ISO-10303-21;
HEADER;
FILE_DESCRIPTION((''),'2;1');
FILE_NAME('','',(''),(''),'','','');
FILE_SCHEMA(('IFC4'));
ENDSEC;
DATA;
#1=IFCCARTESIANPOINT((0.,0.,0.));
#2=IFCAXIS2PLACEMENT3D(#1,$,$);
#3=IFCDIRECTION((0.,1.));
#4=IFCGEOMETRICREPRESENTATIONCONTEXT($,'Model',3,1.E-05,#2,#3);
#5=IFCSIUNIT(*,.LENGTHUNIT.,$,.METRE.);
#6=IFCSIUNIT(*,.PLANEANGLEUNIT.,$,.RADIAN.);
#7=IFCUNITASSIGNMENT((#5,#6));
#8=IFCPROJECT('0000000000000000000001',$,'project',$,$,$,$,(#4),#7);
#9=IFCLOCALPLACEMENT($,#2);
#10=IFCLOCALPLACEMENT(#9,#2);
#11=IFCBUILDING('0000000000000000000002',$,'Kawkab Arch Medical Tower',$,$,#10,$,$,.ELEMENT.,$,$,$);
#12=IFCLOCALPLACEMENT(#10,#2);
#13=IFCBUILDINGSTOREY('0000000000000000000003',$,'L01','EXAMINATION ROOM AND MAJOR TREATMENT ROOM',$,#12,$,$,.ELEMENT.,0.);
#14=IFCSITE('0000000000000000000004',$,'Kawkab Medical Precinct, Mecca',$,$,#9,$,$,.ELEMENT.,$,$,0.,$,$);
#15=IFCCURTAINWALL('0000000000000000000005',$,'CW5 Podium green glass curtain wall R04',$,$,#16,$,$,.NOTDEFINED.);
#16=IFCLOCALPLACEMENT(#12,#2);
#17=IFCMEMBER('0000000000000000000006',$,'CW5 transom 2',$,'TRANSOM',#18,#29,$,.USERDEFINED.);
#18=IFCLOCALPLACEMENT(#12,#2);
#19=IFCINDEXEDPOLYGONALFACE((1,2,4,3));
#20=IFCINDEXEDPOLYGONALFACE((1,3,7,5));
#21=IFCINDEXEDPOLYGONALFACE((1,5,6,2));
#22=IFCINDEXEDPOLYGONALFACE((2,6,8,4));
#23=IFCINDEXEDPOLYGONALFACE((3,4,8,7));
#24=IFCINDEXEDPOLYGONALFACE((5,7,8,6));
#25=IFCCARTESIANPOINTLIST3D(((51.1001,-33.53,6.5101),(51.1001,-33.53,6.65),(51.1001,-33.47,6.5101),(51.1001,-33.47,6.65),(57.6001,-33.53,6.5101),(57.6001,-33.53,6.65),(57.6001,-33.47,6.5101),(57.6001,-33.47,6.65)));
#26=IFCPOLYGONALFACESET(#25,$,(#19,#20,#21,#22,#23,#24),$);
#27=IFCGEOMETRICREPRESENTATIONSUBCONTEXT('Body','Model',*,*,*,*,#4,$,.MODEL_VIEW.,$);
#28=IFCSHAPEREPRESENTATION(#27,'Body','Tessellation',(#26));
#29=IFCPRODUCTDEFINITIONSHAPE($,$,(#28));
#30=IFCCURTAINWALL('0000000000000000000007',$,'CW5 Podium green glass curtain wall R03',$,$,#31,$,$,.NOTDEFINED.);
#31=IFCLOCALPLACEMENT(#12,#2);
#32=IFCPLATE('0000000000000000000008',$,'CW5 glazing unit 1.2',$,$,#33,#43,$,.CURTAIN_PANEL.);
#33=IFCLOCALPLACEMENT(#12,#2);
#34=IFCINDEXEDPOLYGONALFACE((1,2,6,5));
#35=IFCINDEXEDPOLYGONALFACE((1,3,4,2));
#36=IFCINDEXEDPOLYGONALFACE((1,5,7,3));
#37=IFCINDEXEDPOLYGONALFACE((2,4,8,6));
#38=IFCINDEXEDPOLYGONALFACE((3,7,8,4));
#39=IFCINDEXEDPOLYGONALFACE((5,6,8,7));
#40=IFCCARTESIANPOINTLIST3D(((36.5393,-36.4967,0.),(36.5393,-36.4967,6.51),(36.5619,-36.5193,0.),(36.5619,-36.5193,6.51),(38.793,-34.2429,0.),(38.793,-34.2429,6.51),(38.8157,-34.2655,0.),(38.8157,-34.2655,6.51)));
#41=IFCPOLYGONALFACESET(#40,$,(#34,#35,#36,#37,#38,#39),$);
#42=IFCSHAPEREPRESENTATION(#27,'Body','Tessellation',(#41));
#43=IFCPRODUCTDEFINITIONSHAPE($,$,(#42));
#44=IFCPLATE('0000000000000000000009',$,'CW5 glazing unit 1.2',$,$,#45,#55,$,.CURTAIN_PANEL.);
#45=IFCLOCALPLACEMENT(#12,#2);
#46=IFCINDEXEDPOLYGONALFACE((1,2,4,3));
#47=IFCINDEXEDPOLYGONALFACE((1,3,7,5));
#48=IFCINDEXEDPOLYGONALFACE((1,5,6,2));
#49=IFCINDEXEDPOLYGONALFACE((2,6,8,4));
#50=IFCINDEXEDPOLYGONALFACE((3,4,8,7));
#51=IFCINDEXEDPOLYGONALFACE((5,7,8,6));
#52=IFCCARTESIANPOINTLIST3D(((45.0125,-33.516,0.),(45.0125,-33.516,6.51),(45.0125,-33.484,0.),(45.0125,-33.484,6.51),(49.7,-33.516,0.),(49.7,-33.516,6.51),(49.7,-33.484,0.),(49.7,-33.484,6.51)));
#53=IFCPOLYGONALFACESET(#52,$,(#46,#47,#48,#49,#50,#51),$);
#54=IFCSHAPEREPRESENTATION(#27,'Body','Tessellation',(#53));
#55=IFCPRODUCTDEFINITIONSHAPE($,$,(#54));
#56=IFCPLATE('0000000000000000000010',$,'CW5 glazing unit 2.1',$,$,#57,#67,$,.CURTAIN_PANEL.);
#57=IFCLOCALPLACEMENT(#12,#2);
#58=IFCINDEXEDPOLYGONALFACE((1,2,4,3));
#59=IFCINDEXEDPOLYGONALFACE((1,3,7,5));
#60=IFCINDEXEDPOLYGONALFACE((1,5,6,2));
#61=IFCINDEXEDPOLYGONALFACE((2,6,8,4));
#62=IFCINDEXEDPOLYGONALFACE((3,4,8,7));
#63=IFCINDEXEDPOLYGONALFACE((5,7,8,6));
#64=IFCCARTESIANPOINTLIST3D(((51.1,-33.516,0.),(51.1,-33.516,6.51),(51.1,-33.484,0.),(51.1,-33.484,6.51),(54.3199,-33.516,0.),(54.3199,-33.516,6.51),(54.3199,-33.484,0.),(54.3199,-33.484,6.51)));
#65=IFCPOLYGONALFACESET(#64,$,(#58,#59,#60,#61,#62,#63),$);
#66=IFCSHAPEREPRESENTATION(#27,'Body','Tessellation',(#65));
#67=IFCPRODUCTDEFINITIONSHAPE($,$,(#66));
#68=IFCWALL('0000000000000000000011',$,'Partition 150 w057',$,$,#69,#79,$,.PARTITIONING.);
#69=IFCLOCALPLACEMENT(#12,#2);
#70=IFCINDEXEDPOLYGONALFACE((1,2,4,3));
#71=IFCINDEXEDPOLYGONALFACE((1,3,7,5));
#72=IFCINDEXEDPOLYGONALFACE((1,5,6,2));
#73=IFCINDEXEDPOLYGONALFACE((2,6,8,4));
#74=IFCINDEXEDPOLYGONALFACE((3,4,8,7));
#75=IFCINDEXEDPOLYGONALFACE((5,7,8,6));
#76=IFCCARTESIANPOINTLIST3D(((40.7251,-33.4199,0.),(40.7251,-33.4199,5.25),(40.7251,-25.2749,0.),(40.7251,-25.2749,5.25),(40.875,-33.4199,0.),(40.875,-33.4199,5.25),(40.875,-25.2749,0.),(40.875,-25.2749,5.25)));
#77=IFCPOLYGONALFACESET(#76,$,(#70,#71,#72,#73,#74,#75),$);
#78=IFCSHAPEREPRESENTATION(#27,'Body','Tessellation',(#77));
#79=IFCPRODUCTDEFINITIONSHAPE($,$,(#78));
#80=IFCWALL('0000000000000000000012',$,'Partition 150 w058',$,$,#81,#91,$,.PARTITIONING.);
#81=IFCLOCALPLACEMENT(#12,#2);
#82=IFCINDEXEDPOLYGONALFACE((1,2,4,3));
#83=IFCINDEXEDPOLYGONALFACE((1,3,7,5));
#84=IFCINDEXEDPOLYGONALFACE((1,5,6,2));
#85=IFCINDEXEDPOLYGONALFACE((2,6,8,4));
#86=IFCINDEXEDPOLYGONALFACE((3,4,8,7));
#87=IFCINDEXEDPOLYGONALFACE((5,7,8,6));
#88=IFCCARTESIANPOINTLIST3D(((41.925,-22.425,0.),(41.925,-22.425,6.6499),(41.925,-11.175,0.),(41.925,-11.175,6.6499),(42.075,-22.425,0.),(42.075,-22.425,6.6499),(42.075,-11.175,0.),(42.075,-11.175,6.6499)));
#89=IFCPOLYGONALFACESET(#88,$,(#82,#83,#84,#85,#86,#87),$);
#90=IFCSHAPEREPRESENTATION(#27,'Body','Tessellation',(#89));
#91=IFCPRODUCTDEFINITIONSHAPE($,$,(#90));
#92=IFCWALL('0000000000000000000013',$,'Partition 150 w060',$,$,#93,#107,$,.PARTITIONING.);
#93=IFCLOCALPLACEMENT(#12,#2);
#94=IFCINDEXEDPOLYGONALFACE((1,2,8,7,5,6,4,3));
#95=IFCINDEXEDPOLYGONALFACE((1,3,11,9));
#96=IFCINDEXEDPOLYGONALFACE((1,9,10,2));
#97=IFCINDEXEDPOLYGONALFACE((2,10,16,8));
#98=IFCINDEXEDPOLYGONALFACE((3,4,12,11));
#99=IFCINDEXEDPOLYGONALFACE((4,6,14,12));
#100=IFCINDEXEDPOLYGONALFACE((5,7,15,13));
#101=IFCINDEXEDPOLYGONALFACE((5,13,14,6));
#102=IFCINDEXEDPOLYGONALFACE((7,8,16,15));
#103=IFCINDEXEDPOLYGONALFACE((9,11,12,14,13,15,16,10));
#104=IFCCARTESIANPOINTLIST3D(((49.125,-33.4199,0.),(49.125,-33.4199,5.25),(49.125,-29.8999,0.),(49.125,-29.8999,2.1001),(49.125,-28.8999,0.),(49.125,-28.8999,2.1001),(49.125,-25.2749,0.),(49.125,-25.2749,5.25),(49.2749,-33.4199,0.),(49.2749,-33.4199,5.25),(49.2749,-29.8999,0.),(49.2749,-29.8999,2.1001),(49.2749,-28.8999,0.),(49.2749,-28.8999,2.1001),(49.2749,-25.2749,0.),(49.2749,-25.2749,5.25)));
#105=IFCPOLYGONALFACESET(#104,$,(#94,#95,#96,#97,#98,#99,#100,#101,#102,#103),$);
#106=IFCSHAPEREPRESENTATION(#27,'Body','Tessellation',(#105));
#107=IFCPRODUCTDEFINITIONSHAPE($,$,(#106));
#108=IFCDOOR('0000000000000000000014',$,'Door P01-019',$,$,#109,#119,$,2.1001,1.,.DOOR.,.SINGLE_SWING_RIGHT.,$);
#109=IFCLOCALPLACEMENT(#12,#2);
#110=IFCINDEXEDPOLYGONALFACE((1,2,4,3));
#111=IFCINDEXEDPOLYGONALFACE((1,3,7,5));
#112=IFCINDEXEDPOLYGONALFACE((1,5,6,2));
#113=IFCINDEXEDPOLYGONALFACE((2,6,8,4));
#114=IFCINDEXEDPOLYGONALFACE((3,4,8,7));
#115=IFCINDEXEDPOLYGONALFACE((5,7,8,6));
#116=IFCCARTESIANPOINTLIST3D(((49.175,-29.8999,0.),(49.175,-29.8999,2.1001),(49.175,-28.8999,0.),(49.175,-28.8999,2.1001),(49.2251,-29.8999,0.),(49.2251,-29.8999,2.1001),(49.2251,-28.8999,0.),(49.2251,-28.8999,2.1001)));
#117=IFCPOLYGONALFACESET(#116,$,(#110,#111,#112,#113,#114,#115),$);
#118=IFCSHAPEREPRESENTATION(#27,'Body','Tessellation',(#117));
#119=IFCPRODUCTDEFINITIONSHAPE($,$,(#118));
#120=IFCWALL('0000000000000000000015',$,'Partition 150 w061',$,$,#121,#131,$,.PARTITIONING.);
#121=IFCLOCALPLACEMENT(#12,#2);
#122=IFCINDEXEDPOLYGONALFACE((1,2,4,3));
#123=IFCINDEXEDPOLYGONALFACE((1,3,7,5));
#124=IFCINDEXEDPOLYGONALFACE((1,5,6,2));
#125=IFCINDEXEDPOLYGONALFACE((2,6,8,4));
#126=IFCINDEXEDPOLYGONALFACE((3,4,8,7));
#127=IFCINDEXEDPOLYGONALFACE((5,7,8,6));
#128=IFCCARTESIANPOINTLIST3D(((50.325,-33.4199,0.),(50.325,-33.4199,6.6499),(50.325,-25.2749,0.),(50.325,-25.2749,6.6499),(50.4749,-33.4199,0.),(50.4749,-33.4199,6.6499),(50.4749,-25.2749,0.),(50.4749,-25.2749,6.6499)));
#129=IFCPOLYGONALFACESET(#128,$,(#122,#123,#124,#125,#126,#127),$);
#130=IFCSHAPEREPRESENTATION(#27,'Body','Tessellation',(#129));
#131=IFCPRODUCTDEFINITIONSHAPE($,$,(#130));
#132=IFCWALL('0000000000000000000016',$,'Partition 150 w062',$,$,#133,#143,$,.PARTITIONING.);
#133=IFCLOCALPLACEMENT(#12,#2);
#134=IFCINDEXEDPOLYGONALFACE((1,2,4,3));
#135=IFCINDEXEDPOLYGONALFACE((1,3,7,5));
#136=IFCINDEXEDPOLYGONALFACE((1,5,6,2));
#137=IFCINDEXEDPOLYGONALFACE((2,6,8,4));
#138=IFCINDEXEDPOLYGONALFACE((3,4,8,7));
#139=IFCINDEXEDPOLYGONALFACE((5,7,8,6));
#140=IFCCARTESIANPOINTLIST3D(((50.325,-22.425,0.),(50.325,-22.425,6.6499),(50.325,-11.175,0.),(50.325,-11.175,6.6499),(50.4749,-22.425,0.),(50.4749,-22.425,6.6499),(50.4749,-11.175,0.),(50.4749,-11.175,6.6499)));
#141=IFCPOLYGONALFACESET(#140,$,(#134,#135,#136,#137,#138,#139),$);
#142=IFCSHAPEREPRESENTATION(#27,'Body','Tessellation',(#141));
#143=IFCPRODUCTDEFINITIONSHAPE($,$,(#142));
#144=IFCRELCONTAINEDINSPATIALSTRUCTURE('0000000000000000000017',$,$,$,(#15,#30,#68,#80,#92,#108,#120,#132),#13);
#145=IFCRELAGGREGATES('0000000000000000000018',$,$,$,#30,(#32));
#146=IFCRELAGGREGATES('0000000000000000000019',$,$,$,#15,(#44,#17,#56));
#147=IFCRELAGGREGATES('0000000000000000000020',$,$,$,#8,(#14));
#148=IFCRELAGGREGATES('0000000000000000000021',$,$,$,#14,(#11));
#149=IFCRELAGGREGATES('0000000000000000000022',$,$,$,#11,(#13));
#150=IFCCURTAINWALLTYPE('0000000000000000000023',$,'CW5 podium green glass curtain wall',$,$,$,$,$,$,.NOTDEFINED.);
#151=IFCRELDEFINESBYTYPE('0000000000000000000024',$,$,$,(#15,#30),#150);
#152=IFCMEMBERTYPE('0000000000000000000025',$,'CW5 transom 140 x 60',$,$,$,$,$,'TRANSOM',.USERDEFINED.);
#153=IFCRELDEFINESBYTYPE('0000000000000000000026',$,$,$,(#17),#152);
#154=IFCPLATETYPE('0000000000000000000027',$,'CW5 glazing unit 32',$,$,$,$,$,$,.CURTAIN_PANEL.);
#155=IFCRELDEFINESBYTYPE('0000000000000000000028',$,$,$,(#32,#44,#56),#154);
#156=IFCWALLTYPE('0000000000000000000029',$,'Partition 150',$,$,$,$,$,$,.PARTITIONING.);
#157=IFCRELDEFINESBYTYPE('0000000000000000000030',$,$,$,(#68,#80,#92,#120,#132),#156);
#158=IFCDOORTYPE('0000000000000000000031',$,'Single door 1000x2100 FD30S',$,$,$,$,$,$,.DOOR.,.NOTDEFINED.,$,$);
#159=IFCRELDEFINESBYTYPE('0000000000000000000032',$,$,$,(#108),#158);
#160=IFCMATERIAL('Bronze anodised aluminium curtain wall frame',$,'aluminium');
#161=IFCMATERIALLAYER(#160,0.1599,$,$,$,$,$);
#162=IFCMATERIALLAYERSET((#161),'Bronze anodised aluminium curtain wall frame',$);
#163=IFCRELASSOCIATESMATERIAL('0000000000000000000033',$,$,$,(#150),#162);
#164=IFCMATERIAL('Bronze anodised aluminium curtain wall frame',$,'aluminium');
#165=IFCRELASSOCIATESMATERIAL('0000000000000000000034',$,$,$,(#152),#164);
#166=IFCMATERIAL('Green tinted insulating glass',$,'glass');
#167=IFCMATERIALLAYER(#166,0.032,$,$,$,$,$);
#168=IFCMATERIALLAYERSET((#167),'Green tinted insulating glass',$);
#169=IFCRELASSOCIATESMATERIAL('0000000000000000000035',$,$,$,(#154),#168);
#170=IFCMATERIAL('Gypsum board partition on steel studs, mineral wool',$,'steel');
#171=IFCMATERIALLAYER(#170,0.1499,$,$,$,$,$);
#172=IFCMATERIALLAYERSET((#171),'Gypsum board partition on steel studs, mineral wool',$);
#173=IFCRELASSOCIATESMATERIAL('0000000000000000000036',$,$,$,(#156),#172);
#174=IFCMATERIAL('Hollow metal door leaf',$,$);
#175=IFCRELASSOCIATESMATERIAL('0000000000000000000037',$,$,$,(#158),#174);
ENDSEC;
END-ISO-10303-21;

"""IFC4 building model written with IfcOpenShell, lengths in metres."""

from ifc_helpers import new_model, si_unit, direction, frame, frame_2d, origin, origin_2d, place, context, subcontext, project, spatial, rectangle, extrude, material, layer, layer_set, material_profile, profile_set, type_object, element, fill, aggregate, save


model = new_model("IFC4")

# Units and contexts
model_context = context("Model", 3, precision=1e-05, world=origin(), true_north=direction((0.0, 1.0)))
body_context = subcontext(model_context, "Body", "Model", "MODEL_VIEW")
ifc_project = project(units=[si_unit("LENGTHUNIT", "METRE"), si_unit("PLANEANGLEUNIT", "RADIAN")], contexts=[model_context])

# Site, building, storey
site_placement = place(None, origin())
site = spatial("IfcSite", under=ifc_project, at=site_placement, Name="Kawkab Medical Precinct, Mecca", CompositionType="ELEMENT", RefElevation=0.0)
building_placement = place(site_placement, origin())
building = spatial("IfcBuilding", under=site, at=building_placement, Name="Kawkab Arch Medical Tower", CompositionType="ELEMENT")
storey_placement = place(building_placement, origin())
storey = spatial("IfcBuildingStorey", under=building, at=storey_placement, Name="L01", Description="EXAMINATION ROOM AND MAJOR TREATMENT ROOM", CompositionType="ELEMENT", Elevation=0.0)

# Curtain wall, member
ifc_material_1 = material(Name="Bronze anodised aluminium curtain wall frame", Category="aluminium")
ifc_layer_1 = layer(ifc_material_1, 0.1599)
ifc_layer_set_1 = layer_set([ifc_layer_1], Name="Bronze anodised aluminium curtain wall frame")
curtain_wall_type = type_object("IfcCurtainWallType", Name="CW5 podium green glass curtain wall", PredefinedType="NOTDEFINED", material=ifc_layer_set_1)
placement = place(storey_placement, origin())
curtain_wall_1 = element("IfcCurtainWall", 1, at=placement, inside=storey, type_object=curtain_wall_type, Name="CW5 Podium green glass curtain wall R04", PredefinedType="NOTDEFINED")
ifc_material_2 = material(Name="Bronze anodised aluminium curtain wall frame", Category="aluminium")
ifc_material_profile_1 = material_profile(ifc_material_2, rectangle(XDim=0.0601, YDim=0.1399, at=origin_2d()), Name="AL 60x140")
ifc_profile_set_1 = profile_set([ifc_material_profile_1], Name="Bronze anodised aluminium curtain wall frame")
member_type = type_object("IfcMemberType", Name="CW5 transom 140 x 60", ElementType="TRANSOM", PredefinedType="USERDEFINED", material=ifc_profile_set_1)
member_1_placement = place(storey_placement, frame((51.1001, -33.5, 6.5801), z_axis=(1.0, 0.0, 0.0), x_axis=(0.0, 1.0, 0.0)))
member_1 = element("IfcMember", 2, at=member_1_placement, type_object=member_type, Name="CW5 transom 2", ObjectType="TRANSOM", PredefinedType="USERDEFINED", context=body_context, shape_type="SweptSolid", body=[
    extrude(rectangle(XDim=0.0601, YDim=0.1399, at=origin_2d()), origin(), (0.0, 0.0, 1.0), 6.5),
])

# Curtain wall, plate
curtain_wall_2 = element("IfcCurtainWall", 3, at=placement, inside=storey, type_object=curtain_wall_type, Name="CW5 Podium green glass curtain wall R03", PredefinedType="NOTDEFINED")
ifc_material_3 = material(Name="Green tinted insulating glass", Category="glass")
ifc_layer_2 = layer(ifc_material_3, 0.032)
ifc_layer_set_2 = layer_set([ifc_layer_2], Name="Green tinted insulating glass")
plate_type = type_object("IfcPlateType", Name="CW5 glazing unit 32", PredefinedType="CURTAIN_PANEL", material=ifc_layer_set_2)
plate_1_placement = place(storey_placement, frame((37.6775, -35.3811, 0.0), z_axis=(0.0, 0.0, 1.0), x_axis=(0.707107, 0.707107, 0.0)))
plate_1 = element("IfcPlate", 4, at=plate_1_placement, type_object=plate_type, Name="CW5 glazing unit 1.2", PredefinedType="CURTAIN_PANEL", context=body_context, shape_type="SweptSolid", body=[
    extrude(rectangle(XDim=3.1873, YDim=0.032, at=origin_2d()), origin(), (0.0, 0.0, 1.0), 6.51),
])
aggregate(curtain_wall_2, [plate_1])

# Plates
plate_2_placement = place(storey_placement, frame((47.3562, -33.5, 0.0), z_axis=(0.0, 0.0, 1.0), x_axis=(1.0, 0.0, 0.0)))
plate_2 = element("IfcPlate", 5, at=plate_2_placement, type_object=plate_type, Name="CW5 glazing unit 1.2", PredefinedType="CURTAIN_PANEL", context=body_context, shape_type="SweptSolid", body=[
    extrude(rectangle(XDim=4.6875, YDim=0.032, at=origin_2d()), origin(), (0.0, 0.0, 1.0), 6.51),
])
plate_3_placement = place(storey_placement, frame((52.71, -33.5, 0.0), z_axis=(0.0, 0.0, 1.0), x_axis=(1.0, 0.0, 0.0)))
plate_3 = element("IfcPlate", 6, at=plate_3_placement, type_object=plate_type, Name="CW5 glazing unit 2.1", PredefinedType="CURTAIN_PANEL", context=body_context, shape_type="SweptSolid", body=[
    extrude(rectangle(XDim=3.22, YDim=0.032, at=origin_2d()), origin(), (0.0, 0.0, 1.0), 6.51),
])
aggregate(curtain_wall_1, [plate_2, member_1, plate_3])

# Walls
ifc_material_4 = material(Name="Gypsum board partition on steel studs, mineral wool", Category="steel")
ifc_layer_3 = layer(ifc_material_4, 0.1499)
ifc_layer_set_3 = layer_set([ifc_layer_3], Name="Gypsum board partition on steel studs, mineral wool")
wall_type_1 = type_object("IfcWallType", Name="Partition 150", PredefinedType="PARTITIONING", material=ifc_layer_set_3)
wall_1_placement = place(storey_placement, frame((40.8, -33.4199, 0.0), z_axis=(0.0, 0.0, 1.0), x_axis=(0.0, 1.0, 0.0)))
element("IfcWall", 7, at=wall_1_placement, inside=storey, type_object=wall_type_1, Name="Partition 150 w057", PredefinedType="PARTITIONING", context=body_context, shape_type="SweptSolid", body=[
    extrude(rectangle(XDim=8.145, YDim=0.1499, at=frame_2d((4.0725, 0.0))), origin(), (0.0, 0.0, 1.0), 5.25),
])
wall_2_placement = place(storey_placement, frame((42.0, -22.425, 0.0), z_axis=(0.0, 0.0, 1.0), x_axis=(0.0, 1.0, 0.0)))
element("IfcWall", 8, at=wall_2_placement, inside=storey, type_object=wall_type_1, Name="Partition 150 w058", PredefinedType="PARTITIONING", context=body_context, shape_type="SweptSolid", body=[
    extrude(rectangle(XDim=11.25, YDim=0.1499, at=frame_2d((5.625, 0.0))), origin(), (0.0, 0.0, 1.0), 6.6499),
])

# Wall, opening, door
wall_3_placement = place(storey_placement, frame((49.2, -33.4199, 0.0), z_axis=(0.0, 0.0, 1.0), x_axis=(0.0, 1.0, 0.0)))
wall_3 = element("IfcWall", 9, at=wall_3_placement, inside=storey, type_object=wall_type_1, Name="Partition 150 w060", PredefinedType="PARTITIONING", context=body_context, shape_type="SweptSolid", body=[
    extrude(rectangle(XDim=8.145, YDim=0.1499, at=frame_2d((4.0725, 0.0))), origin(), (0.0, 0.0, 1.0), 5.25),
])
opening_1_placement = place(wall_3_placement, frame((3.52, 0.0, 0.0)))
opening_1 = element("IfcOpeningElement", 10, at=opening_1_placement, cuts=wall_3, PredefinedType="OPENING", context=body_context, shape_type="SweptSolid", body=[
    extrude(rectangle(XDim=1.0, YDim=2.1001, at=frame_2d((0.5, 1.05))), frame((0.0, 0.085, 0.0), z_axis=(0.0, -1.0, 0.0), x_axis=(1.0, 0.0, 0.0)), (0.0, 0.0, 1.0), 0.1699),
])
ifc_material_5 = material(Name="Hollow metal door leaf")
door_type_1 = type_object("IfcDoorType", Name="Single door 1000x2100 FD30S", OperationType="NOTDEFINED", PredefinedType="DOOR", material=ifc_material_5)
door_1_placement = place(opening_1_placement, origin())
door_1 = element("IfcDoor", 11, at=door_1_placement, inside=storey, type_object=door_type_1, Name="Door P01-019", OperationType="SINGLE_SWING_RIGHT", OverallHeight=2.1001, OverallWidth=1.0, PredefinedType="DOOR", context=body_context, shape_type="SweptSolid", body=[
    extrude(rectangle(XDim=1.0, YDim=2.1001, at=frame_2d((0.5, 1.05))), frame((0.0, 0.0249, 0.0), z_axis=(0.0, -1.0, 0.0), x_axis=(1.0, 0.0, 0.0)), (0.0, 0.0, 1.0), 0.05),
])
fill(opening_1, door_1)

# Walls
wall_4_placement = place(storey_placement, frame((50.3999, -33.4199, 0.0), z_axis=(0.0, 0.0, 1.0), x_axis=(0.0, 1.0, 0.0)))
element("IfcWall", 12, at=wall_4_placement, inside=storey, type_object=wall_type_1, Name="Partition 150 w061", PredefinedType="PARTITIONING", context=body_context, shape_type="SweptSolid", body=[
    extrude(rectangle(XDim=8.145, YDim=0.1499, at=frame_2d((4.0725, 0.0))), origin(), (0.0, 0.0, 1.0), 6.6499),
])
wall_5_placement = place(storey_placement, frame((50.3999, -22.425, 0.0), z_axis=(0.0, 0.0, 1.0), x_axis=(0.0, 1.0, 0.0)))
element("IfcWall", 13, at=wall_5_placement, inside=storey, type_object=wall_type_1, Name="Partition 150 w062", PredefinedType="PARTITIONING", context=body_context, shape_type="SweptSolid", body=[
    extrude(rectangle(XDim=11.25, YDim=0.1499, at=frame_2d((5.625, 0.0))), origin(), (0.0, 0.0, 1.0), 6.6499),
])

save(model, "model.ifc")
